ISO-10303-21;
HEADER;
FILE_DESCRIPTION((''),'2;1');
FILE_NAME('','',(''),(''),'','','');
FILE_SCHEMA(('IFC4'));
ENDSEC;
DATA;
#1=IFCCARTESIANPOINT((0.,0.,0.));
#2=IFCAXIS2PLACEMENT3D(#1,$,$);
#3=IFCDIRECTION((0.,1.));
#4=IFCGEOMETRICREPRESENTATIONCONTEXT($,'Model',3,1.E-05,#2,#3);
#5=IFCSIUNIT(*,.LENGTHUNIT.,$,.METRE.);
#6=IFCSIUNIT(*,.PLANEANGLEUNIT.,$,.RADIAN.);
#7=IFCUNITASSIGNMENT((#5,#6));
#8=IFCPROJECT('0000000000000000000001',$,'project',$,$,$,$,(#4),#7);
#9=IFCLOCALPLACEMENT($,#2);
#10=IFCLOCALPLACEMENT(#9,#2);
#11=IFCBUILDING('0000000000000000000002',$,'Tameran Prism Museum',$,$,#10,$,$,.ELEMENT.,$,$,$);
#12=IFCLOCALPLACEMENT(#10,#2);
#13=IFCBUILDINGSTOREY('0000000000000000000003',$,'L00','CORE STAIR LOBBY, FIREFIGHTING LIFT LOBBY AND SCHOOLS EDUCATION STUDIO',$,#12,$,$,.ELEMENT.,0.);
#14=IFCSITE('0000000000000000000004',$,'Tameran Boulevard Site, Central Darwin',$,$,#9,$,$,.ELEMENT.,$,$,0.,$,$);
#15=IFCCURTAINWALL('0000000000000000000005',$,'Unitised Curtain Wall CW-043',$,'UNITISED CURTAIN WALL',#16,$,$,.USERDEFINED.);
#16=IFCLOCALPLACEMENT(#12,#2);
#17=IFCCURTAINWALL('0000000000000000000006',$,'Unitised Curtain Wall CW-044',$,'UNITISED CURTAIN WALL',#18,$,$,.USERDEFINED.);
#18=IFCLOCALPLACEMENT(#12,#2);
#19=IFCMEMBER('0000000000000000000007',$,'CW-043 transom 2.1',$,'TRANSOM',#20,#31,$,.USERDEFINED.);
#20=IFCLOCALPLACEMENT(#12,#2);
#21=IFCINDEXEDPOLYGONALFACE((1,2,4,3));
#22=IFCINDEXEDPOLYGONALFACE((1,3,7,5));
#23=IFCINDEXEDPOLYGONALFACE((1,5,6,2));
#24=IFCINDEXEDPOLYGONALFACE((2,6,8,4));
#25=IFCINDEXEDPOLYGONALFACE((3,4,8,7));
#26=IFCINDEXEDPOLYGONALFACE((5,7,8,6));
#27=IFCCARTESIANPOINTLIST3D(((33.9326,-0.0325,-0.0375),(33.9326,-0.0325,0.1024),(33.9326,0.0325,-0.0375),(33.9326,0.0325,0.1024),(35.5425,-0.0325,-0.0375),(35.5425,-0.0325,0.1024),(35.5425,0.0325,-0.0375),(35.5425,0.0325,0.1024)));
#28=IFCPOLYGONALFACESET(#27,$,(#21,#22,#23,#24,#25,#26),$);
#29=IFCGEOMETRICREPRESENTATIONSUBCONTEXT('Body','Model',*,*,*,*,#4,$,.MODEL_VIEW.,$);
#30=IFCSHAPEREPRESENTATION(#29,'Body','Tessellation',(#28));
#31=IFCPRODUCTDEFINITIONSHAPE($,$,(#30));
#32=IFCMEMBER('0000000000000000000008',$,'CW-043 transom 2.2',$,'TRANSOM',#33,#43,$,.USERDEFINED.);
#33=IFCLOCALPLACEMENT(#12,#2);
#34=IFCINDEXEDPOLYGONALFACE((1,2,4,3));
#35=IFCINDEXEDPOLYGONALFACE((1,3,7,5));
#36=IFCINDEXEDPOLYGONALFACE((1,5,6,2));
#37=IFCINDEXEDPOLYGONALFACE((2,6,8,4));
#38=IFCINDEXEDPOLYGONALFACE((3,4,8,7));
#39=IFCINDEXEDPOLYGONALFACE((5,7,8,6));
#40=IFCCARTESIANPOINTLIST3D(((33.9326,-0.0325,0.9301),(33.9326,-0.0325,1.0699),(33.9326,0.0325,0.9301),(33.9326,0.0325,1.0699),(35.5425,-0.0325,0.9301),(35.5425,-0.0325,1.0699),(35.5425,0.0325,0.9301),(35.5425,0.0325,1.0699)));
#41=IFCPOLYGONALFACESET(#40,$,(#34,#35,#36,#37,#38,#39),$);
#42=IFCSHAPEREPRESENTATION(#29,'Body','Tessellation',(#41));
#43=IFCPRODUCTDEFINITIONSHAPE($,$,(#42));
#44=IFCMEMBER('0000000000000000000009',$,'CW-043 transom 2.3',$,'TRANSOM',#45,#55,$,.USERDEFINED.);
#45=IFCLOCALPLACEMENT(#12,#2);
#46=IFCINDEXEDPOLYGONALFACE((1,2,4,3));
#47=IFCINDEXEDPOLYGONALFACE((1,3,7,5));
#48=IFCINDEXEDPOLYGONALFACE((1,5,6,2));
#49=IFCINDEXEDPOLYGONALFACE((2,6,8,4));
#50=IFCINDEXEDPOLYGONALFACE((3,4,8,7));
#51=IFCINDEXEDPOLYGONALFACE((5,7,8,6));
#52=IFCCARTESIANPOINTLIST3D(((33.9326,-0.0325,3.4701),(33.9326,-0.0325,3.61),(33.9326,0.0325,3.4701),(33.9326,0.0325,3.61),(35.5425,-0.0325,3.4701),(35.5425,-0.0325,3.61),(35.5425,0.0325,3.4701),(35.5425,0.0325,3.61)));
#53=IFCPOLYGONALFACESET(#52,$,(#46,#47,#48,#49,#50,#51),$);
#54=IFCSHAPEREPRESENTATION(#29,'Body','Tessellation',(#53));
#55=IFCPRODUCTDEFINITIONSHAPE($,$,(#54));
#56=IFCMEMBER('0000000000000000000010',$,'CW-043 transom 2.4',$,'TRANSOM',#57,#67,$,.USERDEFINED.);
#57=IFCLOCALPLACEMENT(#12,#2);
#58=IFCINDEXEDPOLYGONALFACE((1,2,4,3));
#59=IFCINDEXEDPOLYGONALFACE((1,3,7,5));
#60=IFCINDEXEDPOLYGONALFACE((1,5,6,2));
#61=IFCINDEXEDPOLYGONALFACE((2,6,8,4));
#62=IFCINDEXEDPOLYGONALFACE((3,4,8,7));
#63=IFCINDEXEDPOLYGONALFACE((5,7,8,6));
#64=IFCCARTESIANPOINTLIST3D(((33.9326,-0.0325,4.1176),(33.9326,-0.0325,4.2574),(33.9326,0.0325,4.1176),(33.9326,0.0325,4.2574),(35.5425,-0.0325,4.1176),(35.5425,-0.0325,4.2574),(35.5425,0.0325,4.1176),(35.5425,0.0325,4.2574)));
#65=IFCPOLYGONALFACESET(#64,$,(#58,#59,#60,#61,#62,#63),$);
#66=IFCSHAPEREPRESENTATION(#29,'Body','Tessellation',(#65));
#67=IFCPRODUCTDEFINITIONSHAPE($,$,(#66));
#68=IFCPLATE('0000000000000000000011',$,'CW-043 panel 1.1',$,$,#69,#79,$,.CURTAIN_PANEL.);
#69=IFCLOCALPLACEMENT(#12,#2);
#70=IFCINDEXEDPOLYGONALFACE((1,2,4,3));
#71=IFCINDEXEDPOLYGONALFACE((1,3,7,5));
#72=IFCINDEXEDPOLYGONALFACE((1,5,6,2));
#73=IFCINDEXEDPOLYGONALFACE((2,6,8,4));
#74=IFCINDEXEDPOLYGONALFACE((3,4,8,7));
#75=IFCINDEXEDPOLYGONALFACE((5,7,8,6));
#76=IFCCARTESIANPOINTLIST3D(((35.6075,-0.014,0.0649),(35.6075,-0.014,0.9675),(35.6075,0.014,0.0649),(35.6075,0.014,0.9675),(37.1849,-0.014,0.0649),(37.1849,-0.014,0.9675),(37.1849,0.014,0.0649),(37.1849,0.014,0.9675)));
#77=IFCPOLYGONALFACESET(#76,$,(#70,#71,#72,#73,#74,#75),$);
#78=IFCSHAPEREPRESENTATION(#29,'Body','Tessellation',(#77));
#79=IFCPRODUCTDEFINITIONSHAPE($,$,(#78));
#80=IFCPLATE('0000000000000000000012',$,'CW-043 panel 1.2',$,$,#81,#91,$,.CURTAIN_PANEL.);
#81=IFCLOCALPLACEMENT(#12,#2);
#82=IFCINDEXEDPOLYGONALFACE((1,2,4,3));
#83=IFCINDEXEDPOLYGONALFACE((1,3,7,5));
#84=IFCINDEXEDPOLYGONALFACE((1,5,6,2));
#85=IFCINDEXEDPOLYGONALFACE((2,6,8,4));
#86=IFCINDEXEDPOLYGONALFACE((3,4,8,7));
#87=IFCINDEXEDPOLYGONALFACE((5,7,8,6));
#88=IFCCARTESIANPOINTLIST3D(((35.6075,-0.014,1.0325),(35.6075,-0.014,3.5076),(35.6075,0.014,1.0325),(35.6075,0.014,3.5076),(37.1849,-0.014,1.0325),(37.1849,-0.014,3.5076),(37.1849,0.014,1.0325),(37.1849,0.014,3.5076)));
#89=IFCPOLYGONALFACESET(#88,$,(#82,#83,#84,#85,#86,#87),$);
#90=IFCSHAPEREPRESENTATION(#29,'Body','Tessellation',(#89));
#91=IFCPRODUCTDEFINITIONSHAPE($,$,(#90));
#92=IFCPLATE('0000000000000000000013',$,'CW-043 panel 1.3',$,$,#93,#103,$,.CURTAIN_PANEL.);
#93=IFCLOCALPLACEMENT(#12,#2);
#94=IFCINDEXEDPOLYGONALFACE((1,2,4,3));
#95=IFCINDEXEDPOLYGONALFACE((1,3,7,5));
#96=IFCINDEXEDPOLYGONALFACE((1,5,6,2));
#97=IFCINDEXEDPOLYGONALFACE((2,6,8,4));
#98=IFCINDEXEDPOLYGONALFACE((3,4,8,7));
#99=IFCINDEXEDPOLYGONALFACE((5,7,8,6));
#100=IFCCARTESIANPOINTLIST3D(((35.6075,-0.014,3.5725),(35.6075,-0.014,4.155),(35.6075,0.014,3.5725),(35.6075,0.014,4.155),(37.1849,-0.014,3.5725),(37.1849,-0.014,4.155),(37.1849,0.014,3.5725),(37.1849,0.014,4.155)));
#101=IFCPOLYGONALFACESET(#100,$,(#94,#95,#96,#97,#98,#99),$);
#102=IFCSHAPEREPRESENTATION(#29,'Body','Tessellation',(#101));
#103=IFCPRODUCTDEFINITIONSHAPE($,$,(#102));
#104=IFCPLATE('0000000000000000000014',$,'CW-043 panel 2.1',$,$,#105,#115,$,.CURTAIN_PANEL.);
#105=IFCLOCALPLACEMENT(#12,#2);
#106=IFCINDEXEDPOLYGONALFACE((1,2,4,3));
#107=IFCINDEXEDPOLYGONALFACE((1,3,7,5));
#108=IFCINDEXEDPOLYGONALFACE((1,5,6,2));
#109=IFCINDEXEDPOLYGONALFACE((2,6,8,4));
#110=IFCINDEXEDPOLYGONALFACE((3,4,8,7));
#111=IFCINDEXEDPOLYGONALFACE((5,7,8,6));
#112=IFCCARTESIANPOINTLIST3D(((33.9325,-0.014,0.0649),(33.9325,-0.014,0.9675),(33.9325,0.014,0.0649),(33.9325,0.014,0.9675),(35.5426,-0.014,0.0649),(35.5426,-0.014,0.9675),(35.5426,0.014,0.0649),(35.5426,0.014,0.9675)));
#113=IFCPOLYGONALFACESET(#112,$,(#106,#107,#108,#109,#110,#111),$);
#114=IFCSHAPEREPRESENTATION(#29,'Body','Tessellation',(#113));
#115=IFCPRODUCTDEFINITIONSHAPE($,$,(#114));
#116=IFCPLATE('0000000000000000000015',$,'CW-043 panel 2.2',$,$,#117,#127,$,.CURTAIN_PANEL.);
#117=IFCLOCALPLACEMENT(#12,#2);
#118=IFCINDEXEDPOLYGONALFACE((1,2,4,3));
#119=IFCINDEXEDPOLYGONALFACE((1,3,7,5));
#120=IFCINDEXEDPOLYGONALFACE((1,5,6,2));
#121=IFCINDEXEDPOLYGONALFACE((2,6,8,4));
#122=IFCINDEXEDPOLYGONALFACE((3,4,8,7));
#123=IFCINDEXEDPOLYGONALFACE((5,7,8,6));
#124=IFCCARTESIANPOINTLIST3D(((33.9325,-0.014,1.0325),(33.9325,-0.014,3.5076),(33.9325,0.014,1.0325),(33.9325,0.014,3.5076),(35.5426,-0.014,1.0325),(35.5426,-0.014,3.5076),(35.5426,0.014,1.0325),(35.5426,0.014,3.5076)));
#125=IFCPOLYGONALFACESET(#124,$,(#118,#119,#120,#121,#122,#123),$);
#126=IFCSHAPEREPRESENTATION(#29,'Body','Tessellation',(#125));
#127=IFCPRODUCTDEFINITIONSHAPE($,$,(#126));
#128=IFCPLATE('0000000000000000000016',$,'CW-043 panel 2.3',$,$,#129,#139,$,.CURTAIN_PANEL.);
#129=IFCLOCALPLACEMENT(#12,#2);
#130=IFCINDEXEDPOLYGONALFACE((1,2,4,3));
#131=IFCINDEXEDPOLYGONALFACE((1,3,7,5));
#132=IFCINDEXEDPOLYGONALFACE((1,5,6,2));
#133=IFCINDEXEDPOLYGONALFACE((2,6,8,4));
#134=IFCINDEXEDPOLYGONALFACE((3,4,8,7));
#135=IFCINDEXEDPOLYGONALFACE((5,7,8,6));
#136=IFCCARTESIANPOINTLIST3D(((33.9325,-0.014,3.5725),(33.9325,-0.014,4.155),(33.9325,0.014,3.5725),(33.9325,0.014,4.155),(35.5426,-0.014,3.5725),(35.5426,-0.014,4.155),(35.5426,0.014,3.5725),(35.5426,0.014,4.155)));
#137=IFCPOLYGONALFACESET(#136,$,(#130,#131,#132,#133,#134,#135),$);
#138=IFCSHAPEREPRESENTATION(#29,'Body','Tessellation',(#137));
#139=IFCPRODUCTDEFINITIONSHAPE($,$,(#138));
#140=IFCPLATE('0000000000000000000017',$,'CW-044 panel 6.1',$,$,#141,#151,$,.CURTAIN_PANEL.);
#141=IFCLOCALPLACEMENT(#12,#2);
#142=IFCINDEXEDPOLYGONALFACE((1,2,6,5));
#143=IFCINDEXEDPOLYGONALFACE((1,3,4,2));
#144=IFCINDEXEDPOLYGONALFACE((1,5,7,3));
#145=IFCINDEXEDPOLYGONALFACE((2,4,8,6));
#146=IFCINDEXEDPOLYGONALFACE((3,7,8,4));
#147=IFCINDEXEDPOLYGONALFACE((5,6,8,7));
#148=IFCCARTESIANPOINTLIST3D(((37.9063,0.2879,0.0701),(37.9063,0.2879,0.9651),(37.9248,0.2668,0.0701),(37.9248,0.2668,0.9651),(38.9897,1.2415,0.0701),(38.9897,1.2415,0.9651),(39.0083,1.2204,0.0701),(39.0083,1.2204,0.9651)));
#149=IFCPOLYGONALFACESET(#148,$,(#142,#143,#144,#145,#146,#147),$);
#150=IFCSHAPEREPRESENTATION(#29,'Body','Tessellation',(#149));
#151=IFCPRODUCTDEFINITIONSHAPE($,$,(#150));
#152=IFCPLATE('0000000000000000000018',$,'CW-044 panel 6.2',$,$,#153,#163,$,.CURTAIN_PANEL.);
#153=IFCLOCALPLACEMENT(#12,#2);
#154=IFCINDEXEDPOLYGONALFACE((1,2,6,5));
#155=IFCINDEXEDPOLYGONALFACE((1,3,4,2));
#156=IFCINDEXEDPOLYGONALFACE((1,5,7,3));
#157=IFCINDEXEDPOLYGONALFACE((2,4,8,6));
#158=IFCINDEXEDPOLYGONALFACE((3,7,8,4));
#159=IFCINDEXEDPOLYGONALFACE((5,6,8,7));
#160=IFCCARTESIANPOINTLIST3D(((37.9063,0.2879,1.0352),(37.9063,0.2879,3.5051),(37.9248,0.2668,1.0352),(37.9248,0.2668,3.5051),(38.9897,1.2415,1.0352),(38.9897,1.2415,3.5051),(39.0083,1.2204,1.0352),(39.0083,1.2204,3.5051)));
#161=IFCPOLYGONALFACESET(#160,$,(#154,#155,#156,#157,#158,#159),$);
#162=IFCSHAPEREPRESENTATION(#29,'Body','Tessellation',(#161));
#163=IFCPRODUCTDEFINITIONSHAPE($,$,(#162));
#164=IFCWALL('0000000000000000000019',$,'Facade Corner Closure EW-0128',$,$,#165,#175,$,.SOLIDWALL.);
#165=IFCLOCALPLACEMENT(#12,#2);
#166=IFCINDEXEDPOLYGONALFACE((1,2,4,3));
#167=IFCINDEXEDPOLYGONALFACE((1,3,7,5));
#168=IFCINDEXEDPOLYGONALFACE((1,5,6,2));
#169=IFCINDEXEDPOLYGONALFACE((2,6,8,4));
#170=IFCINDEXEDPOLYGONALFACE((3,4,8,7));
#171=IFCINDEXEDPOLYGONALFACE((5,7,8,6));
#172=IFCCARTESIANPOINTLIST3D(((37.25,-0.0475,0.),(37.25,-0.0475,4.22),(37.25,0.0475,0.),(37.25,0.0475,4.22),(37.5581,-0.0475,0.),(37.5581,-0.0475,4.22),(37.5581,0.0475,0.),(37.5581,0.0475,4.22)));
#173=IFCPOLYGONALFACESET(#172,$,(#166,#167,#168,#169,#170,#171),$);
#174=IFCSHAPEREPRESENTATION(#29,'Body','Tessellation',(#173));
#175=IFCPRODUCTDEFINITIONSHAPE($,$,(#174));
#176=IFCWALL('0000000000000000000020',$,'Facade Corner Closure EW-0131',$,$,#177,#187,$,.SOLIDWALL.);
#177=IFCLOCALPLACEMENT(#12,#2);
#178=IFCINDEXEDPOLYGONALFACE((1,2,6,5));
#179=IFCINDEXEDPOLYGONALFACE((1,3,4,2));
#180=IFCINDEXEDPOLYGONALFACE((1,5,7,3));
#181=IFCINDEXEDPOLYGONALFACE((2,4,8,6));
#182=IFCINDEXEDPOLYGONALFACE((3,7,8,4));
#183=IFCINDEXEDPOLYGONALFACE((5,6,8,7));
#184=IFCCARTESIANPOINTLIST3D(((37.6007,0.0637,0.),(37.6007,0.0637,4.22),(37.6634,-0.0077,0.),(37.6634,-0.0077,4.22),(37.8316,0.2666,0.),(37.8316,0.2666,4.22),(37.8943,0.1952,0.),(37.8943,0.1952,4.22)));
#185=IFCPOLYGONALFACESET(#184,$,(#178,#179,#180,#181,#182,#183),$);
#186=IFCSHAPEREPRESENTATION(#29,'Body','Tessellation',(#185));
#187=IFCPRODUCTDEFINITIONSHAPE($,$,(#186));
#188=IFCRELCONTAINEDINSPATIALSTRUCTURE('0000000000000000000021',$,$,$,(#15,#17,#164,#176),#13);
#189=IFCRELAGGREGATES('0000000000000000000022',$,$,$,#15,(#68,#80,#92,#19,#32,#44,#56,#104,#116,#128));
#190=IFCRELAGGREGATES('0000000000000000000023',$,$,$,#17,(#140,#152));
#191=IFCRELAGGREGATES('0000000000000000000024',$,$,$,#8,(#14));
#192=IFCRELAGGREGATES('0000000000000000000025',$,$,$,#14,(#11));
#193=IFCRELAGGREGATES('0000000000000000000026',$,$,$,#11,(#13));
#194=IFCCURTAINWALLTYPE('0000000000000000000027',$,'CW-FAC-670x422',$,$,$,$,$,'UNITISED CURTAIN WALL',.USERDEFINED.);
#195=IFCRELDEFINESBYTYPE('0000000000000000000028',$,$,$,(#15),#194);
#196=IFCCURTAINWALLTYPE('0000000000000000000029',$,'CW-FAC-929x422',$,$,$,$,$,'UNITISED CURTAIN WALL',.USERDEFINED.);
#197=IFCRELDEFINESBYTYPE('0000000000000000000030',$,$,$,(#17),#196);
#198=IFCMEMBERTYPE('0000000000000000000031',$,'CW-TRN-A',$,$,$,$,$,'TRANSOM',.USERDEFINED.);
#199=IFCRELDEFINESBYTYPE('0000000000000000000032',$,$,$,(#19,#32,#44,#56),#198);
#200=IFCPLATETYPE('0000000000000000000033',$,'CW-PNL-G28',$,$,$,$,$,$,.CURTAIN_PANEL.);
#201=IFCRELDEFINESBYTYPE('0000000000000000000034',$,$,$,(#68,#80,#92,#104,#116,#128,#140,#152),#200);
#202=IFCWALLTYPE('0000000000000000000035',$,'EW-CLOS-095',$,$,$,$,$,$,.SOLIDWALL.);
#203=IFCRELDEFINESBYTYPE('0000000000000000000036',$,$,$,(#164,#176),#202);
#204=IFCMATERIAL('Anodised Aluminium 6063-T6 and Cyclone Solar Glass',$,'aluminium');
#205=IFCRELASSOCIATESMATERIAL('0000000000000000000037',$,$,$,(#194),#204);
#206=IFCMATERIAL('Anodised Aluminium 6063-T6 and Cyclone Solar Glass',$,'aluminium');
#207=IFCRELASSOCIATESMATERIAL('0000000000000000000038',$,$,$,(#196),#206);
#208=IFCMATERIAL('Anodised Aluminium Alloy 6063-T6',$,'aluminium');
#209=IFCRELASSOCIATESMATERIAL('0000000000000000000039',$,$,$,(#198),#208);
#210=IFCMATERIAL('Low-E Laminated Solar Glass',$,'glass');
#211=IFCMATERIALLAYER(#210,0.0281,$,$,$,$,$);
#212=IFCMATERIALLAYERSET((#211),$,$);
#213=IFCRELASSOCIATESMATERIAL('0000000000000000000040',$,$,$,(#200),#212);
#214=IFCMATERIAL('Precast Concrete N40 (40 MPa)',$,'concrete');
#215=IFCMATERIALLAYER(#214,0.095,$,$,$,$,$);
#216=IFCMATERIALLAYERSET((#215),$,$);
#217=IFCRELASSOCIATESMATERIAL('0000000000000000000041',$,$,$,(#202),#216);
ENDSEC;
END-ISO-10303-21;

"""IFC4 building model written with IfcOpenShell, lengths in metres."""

from ifc_helpers import new_model, si_unit, direction, frame, frame_2d, origin, origin_2d, place, context, subcontext, project, spatial, rectangle, extrude, material, layer, layer_set, material_profile, profile_set, type_object, element, aggregate, save


model = new_model("IFC4")

# Units and contexts
model_context = context("Model", 3, precision=1e-05, world=origin(), true_north=direction((0.0, 1.0)))
body_context = subcontext(model_context, "Body", "Model", "MODEL_VIEW")
ifc_project = project(units=[si_unit("LENGTHUNIT", "METRE"), si_unit("PLANEANGLEUNIT", "RADIAN")], contexts=[model_context])

# Site, building, storey
site_placement = place(None, origin())
site = spatial("IfcSite", under=ifc_project, at=site_placement, Name="Tameran Boulevard Site, Central Darwin", CompositionType="ELEMENT", RefElevation=0.0)
building_placement = place(site_placement, origin())
building = spatial("IfcBuilding", under=site, at=building_placement, Name="Tameran Prism Museum", CompositionType="ELEMENT")
storey_placement = place(building_placement, origin())
storey = spatial("IfcBuildingStorey", under=building, at=storey_placement, Name="L00", Description="CORE STAIR LOBBY, FIREFIGHTING LIFT LOBBY AND SCHOOLS EDUCATION STUDIO", CompositionType="ELEMENT", Elevation=0.0)

# Curtain wall
ifc_material_1 = material(Name="Anodised Aluminium 6063-T6 and Cyclone Solar Glass", Category="aluminium")
curtain_wall_type_1 = type_object("IfcCurtainWallType", Name="CW-FAC-670x422", ElementType="UNITISED CURTAIN WALL", PredefinedType="USERDEFINED", material=ifc_material_1)
curtain_wall_1_placement = place(storey_placement, origin())
curtain_wall_1 = element("IfcCurtainWall", 1, at=curtain_wall_1_placement, inside=storey, type_object=curtain_wall_type_1, Name="Unitised Curtain Wall CW-043", ObjectType="UNITISED CURTAIN WALL", PredefinedType="USERDEFINED")

# Curtain wall
ifc_material_2 = material(Name="Anodised Aluminium 6063-T6 and Cyclone Solar Glass", Category="aluminium")
curtain_wall_type_2 = type_object("IfcCurtainWallType", Name="CW-FAC-929x422", ElementType="UNITISED CURTAIN WALL", PredefinedType="USERDEFINED", material=ifc_material_2)
curtain_wall_2_placement = place(storey_placement, origin())
curtain_wall_2 = element("IfcCurtainWall", 2, at=curtain_wall_2_placement, inside=storey, type_object=curtain_wall_type_2, Name="Unitised Curtain Wall CW-044", ObjectType="UNITISED CURTAIN WALL", PredefinedType="USERDEFINED")

# Members
ifc_material_3 = material(Name="Anodised Aluminium Alloy 6063-T6", Category="aluminium")
ifc_material_profile_1 = material_profile(ifc_material_3, rectangle(XDim=0.0649, YDim=0.1399, at=origin_2d()))
ifc_profile_set_1 = profile_set([ifc_material_profile_1])
member_type_1 = type_object("IfcMemberType", Name="CW-TRN-A", ElementType="TRANSOM", PredefinedType="USERDEFINED", material=ifc_profile_set_1)
member_1_placement = place(storey_placement, frame((35.5425, 0.0, 0.0325), z_axis=(-1.0, 0.0, 0.0), x_axis=(0.0, -1.0, 0.0)))
member_1 = element("IfcMember", 3, at=member_1_placement, type_object=member_type_1, Name="CW-043 transom 2.1", ObjectType="TRANSOM", PredefinedType="USERDEFINED", context=body_context, shape_type="SweptSolid", body=[
    extrude(rectangle(XDim=0.0649, YDim=0.1399, at=origin_2d()), origin(), (0.0, 0.0, 1.0), 1.6099),
])
member_2_placement = place(storey_placement, frame((35.5425, 0.0, 1.0), z_axis=(-1.0, 0.0, 0.0), x_axis=(0.0, -1.0, 0.0)))
member_2 = element("IfcMember", 4, at=member_2_placement, type_object=member_type_1, Name="CW-043 transom 2.2", ObjectType="TRANSOM", PredefinedType="USERDEFINED", context=body_context, shape_type="SweptSolid", body=[
    extrude(rectangle(XDim=0.0649, YDim=0.1399, at=origin_2d()), origin(), (0.0, 0.0, 1.0), 1.6099),
])
member_3_placement = place(storey_placement, frame((35.5425, 0.0, 3.54), z_axis=(-1.0, 0.0, 0.0), x_axis=(0.0, -1.0, 0.0)))
member_3 = element("IfcMember", 5, at=member_3_placement, type_object=member_type_1, Name="CW-043 transom 2.3", ObjectType="TRANSOM", PredefinedType="USERDEFINED", context=body_context, shape_type="SweptSolid", body=[
    extrude(rectangle(XDim=0.0649, YDim=0.1399, at=origin_2d()), origin(), (0.0, 0.0, 1.0), 1.6099),
])
member_4_placement = place(storey_placement, frame((35.5425, 0.0, 4.1875), z_axis=(-1.0, 0.0, 0.0), x_axis=(0.0, -1.0, 0.0)))
member_4 = element("IfcMember", 6, at=member_4_placement, type_object=member_type_1, Name="CW-043 transom 2.4", ObjectType="TRANSOM", PredefinedType="USERDEFINED", context=body_context, shape_type="SweptSolid", body=[
    extrude(rectangle(XDim=0.0649, YDim=0.1399, at=origin_2d()), origin(), (0.0, 0.0, 1.0), 1.6099),
])

# Plates
ifc_material_4 = material(Name="Low-E Laminated Solar Glass", Category="glass")
ifc_layer_1 = layer(ifc_material_4, 0.0281)
ifc_layer_set_1 = layer_set([ifc_layer_1])
plate_type = type_object("IfcPlateType", Name="CW-PNL-G28", PredefinedType="CURTAIN_PANEL", material=ifc_layer_set_1)
plate_1_placement = place(storey_placement, frame((36.3962, 0.0, 0.0649), z_axis=(0.0, 0.0, 1.0), x_axis=(-1.0, 0.0, 0.0)))
plate_1 = element("IfcPlate", 7, at=plate_1_placement, type_object=plate_type, Name="CW-043 panel 1.1", PredefinedType="CURTAIN_PANEL", context=body_context, shape_type="SweptSolid", body=[
    extrude(rectangle(XDim=1.5774, YDim=0.0281, at=origin_2d()), origin(), (0.0, 0.0, 1.0), 0.9026),
])
plate_2_placement = place(storey_placement, frame((36.3962, 0.0, 1.0325), z_axis=(0.0, 0.0, 1.0), x_axis=(-1.0, 0.0, 0.0)))
plate_2 = element("IfcPlate", 8, at=plate_2_placement, type_object=plate_type, Name="CW-043 panel 1.2", PredefinedType="CURTAIN_PANEL", context=body_context, shape_type="SweptSolid", body=[
    extrude(rectangle(XDim=1.5774, YDim=0.0281, at=origin_2d()), origin(), (0.0, 0.0, 1.0), 2.4751),
])
plate_3_placement = place(storey_placement, frame((36.3962, 0.0, 3.5725), z_axis=(0.0, 0.0, 1.0), x_axis=(-1.0, 0.0, 0.0)))
plate_3 = element("IfcPlate", 9, at=plate_3_placement, type_object=plate_type, Name="CW-043 panel 1.3", PredefinedType="CURTAIN_PANEL", context=body_context, shape_type="SweptSolid", body=[
    extrude(rectangle(XDim=1.5774, YDim=0.0281, at=origin_2d()), origin(), (0.0, 0.0, 1.0), 0.5825),
])
plate_4_placement = place(storey_placement, frame((34.7375, 0.0, 0.0649), z_axis=(0.0, 0.0, 1.0), x_axis=(-1.0, 0.0, 0.0)))
plate_4 = element("IfcPlate", 10, at=plate_4_placement, type_object=plate_type, Name="CW-043 panel 2.1", PredefinedType="CURTAIN_PANEL", context=body_context, shape_type="SweptSolid", body=[
    extrude(rectangle(XDim=1.6101, YDim=0.0281, at=origin_2d()), origin(), (0.0, 0.0, 1.0), 0.9026),
])
plate_5_placement = place(storey_placement, frame((34.7375, 0.0, 1.0325), z_axis=(0.0, 0.0, 1.0), x_axis=(-1.0, 0.0, 0.0)))
plate_5 = element("IfcPlate", 11, at=plate_5_placement, type_object=plate_type, Name="CW-043 panel 2.2", PredefinedType="CURTAIN_PANEL", context=body_context, shape_type="SweptSolid", body=[
    extrude(rectangle(XDim=1.6101, YDim=0.0281, at=origin_2d()), origin(), (0.0, 0.0, 1.0), 2.4751),
])
plate_6_placement = place(storey_placement, frame((34.7375, 0.0, 3.5725), z_axis=(0.0, 0.0, 1.0), x_axis=(-1.0, 0.0, 0.0)))
plate_6 = element("IfcPlate", 12, at=plate_6_placement, type_object=plate_type, Name="CW-043 panel 2.3", PredefinedType="CURTAIN_PANEL", context=body_context, shape_type="SweptSolid", body=[
    extrude(rectangle(XDim=1.6101, YDim=0.0281, at=origin_2d()), origin(), (0.0, 0.0, 1.0), 0.5825),
])
aggregate(curtain_wall_1, [plate_1, plate_2, plate_3, member_1, member_2, member_3, member_4, plate_4, plate_5, plate_6])
plate_7_placement = place(storey_placement, frame((38.4573, 0.7542, 0.0701), z_axis=(0.0, 0.0, 1.0), x_axis=(-0.750667, -0.660681, 0.0)))
plate_7 = element("IfcPlate", 13, at=plate_7_placement, type_object=plate_type, Name="CW-044 panel 6.1", PredefinedType="CURTAIN_PANEL", context=body_context, shape_type="SweptSolid", body=[
    extrude(rectangle(XDim=1.4434, YDim=0.0281, at=origin_2d()), origin(), (0.0, 0.0, 1.0), 0.895),
])
plate_8_placement = place(storey_placement, frame((38.4573, 0.7542, 1.0352), z_axis=(0.0, 0.0, 1.0), x_axis=(-0.750667, -0.660681, 0.0)))
plate_8 = element("IfcPlate", 14, at=plate_8_placement, type_object=plate_type, Name="CW-044 panel 6.2", PredefinedType="CURTAIN_PANEL", context=body_context, shape_type="SweptSolid", body=[
    extrude(rectangle(XDim=1.4434, YDim=0.0281, at=origin_2d()), origin(), (0.0, 0.0, 1.0), 2.47),
])
aggregate(curtain_wall_2, [plate_7, plate_8])

# Walls
ifc_material_5 = material(Name="Precast Concrete N40 (40 MPa)", Category="concrete")
ifc_layer_2 = layer(ifc_material_5, 0.095)
ifc_layer_set_2 = layer_set([ifc_layer_2])
wall_type_1 = type_object("IfcWallType", Name="EW-CLOS-095", PredefinedType="SOLIDWALL", material=ifc_layer_set_2)
wall_1_placement = place(storey_placement, frame((37.5581, 0.0, 0.0), z_axis=(0.0, 0.0, 1.0), x_axis=(-1.0, 0.0, 0.0)))
element("IfcWall", 15, at=wall_1_placement, inside=storey, type_object=wall_type_1, Name="Facade Corner Closure EW-0128", PredefinedType="SOLIDWALL", context=body_context, shape_type="SweptSolid", body=[
    extrude(rectangle(XDim=0.3081, YDim=0.095, at=frame_2d((0.1541, 0.0))), origin(), (0.0, 0.0, 1.0), 4.22),
])
wall_2_placement = place(storey_placement, frame((37.863, 0.231, 0.0), z_axis=(0.0, 0.0, 1.0), x_axis=(-0.751296, -0.659965, 0.0)))
element("IfcWall", 16, at=wall_2_placement, inside=storey, type_object=wall_type_1, Name="Facade Corner Closure EW-0131", PredefinedType="SOLIDWALL", context=body_context, shape_type="SweptSolid", body=[
    extrude(rectangle(XDim=0.3074, YDim=0.095, at=frame_2d((0.1538, 0.0))), origin(), (0.0, 0.0, 1.0), 4.22),
])

save(model, "model.ifc")
